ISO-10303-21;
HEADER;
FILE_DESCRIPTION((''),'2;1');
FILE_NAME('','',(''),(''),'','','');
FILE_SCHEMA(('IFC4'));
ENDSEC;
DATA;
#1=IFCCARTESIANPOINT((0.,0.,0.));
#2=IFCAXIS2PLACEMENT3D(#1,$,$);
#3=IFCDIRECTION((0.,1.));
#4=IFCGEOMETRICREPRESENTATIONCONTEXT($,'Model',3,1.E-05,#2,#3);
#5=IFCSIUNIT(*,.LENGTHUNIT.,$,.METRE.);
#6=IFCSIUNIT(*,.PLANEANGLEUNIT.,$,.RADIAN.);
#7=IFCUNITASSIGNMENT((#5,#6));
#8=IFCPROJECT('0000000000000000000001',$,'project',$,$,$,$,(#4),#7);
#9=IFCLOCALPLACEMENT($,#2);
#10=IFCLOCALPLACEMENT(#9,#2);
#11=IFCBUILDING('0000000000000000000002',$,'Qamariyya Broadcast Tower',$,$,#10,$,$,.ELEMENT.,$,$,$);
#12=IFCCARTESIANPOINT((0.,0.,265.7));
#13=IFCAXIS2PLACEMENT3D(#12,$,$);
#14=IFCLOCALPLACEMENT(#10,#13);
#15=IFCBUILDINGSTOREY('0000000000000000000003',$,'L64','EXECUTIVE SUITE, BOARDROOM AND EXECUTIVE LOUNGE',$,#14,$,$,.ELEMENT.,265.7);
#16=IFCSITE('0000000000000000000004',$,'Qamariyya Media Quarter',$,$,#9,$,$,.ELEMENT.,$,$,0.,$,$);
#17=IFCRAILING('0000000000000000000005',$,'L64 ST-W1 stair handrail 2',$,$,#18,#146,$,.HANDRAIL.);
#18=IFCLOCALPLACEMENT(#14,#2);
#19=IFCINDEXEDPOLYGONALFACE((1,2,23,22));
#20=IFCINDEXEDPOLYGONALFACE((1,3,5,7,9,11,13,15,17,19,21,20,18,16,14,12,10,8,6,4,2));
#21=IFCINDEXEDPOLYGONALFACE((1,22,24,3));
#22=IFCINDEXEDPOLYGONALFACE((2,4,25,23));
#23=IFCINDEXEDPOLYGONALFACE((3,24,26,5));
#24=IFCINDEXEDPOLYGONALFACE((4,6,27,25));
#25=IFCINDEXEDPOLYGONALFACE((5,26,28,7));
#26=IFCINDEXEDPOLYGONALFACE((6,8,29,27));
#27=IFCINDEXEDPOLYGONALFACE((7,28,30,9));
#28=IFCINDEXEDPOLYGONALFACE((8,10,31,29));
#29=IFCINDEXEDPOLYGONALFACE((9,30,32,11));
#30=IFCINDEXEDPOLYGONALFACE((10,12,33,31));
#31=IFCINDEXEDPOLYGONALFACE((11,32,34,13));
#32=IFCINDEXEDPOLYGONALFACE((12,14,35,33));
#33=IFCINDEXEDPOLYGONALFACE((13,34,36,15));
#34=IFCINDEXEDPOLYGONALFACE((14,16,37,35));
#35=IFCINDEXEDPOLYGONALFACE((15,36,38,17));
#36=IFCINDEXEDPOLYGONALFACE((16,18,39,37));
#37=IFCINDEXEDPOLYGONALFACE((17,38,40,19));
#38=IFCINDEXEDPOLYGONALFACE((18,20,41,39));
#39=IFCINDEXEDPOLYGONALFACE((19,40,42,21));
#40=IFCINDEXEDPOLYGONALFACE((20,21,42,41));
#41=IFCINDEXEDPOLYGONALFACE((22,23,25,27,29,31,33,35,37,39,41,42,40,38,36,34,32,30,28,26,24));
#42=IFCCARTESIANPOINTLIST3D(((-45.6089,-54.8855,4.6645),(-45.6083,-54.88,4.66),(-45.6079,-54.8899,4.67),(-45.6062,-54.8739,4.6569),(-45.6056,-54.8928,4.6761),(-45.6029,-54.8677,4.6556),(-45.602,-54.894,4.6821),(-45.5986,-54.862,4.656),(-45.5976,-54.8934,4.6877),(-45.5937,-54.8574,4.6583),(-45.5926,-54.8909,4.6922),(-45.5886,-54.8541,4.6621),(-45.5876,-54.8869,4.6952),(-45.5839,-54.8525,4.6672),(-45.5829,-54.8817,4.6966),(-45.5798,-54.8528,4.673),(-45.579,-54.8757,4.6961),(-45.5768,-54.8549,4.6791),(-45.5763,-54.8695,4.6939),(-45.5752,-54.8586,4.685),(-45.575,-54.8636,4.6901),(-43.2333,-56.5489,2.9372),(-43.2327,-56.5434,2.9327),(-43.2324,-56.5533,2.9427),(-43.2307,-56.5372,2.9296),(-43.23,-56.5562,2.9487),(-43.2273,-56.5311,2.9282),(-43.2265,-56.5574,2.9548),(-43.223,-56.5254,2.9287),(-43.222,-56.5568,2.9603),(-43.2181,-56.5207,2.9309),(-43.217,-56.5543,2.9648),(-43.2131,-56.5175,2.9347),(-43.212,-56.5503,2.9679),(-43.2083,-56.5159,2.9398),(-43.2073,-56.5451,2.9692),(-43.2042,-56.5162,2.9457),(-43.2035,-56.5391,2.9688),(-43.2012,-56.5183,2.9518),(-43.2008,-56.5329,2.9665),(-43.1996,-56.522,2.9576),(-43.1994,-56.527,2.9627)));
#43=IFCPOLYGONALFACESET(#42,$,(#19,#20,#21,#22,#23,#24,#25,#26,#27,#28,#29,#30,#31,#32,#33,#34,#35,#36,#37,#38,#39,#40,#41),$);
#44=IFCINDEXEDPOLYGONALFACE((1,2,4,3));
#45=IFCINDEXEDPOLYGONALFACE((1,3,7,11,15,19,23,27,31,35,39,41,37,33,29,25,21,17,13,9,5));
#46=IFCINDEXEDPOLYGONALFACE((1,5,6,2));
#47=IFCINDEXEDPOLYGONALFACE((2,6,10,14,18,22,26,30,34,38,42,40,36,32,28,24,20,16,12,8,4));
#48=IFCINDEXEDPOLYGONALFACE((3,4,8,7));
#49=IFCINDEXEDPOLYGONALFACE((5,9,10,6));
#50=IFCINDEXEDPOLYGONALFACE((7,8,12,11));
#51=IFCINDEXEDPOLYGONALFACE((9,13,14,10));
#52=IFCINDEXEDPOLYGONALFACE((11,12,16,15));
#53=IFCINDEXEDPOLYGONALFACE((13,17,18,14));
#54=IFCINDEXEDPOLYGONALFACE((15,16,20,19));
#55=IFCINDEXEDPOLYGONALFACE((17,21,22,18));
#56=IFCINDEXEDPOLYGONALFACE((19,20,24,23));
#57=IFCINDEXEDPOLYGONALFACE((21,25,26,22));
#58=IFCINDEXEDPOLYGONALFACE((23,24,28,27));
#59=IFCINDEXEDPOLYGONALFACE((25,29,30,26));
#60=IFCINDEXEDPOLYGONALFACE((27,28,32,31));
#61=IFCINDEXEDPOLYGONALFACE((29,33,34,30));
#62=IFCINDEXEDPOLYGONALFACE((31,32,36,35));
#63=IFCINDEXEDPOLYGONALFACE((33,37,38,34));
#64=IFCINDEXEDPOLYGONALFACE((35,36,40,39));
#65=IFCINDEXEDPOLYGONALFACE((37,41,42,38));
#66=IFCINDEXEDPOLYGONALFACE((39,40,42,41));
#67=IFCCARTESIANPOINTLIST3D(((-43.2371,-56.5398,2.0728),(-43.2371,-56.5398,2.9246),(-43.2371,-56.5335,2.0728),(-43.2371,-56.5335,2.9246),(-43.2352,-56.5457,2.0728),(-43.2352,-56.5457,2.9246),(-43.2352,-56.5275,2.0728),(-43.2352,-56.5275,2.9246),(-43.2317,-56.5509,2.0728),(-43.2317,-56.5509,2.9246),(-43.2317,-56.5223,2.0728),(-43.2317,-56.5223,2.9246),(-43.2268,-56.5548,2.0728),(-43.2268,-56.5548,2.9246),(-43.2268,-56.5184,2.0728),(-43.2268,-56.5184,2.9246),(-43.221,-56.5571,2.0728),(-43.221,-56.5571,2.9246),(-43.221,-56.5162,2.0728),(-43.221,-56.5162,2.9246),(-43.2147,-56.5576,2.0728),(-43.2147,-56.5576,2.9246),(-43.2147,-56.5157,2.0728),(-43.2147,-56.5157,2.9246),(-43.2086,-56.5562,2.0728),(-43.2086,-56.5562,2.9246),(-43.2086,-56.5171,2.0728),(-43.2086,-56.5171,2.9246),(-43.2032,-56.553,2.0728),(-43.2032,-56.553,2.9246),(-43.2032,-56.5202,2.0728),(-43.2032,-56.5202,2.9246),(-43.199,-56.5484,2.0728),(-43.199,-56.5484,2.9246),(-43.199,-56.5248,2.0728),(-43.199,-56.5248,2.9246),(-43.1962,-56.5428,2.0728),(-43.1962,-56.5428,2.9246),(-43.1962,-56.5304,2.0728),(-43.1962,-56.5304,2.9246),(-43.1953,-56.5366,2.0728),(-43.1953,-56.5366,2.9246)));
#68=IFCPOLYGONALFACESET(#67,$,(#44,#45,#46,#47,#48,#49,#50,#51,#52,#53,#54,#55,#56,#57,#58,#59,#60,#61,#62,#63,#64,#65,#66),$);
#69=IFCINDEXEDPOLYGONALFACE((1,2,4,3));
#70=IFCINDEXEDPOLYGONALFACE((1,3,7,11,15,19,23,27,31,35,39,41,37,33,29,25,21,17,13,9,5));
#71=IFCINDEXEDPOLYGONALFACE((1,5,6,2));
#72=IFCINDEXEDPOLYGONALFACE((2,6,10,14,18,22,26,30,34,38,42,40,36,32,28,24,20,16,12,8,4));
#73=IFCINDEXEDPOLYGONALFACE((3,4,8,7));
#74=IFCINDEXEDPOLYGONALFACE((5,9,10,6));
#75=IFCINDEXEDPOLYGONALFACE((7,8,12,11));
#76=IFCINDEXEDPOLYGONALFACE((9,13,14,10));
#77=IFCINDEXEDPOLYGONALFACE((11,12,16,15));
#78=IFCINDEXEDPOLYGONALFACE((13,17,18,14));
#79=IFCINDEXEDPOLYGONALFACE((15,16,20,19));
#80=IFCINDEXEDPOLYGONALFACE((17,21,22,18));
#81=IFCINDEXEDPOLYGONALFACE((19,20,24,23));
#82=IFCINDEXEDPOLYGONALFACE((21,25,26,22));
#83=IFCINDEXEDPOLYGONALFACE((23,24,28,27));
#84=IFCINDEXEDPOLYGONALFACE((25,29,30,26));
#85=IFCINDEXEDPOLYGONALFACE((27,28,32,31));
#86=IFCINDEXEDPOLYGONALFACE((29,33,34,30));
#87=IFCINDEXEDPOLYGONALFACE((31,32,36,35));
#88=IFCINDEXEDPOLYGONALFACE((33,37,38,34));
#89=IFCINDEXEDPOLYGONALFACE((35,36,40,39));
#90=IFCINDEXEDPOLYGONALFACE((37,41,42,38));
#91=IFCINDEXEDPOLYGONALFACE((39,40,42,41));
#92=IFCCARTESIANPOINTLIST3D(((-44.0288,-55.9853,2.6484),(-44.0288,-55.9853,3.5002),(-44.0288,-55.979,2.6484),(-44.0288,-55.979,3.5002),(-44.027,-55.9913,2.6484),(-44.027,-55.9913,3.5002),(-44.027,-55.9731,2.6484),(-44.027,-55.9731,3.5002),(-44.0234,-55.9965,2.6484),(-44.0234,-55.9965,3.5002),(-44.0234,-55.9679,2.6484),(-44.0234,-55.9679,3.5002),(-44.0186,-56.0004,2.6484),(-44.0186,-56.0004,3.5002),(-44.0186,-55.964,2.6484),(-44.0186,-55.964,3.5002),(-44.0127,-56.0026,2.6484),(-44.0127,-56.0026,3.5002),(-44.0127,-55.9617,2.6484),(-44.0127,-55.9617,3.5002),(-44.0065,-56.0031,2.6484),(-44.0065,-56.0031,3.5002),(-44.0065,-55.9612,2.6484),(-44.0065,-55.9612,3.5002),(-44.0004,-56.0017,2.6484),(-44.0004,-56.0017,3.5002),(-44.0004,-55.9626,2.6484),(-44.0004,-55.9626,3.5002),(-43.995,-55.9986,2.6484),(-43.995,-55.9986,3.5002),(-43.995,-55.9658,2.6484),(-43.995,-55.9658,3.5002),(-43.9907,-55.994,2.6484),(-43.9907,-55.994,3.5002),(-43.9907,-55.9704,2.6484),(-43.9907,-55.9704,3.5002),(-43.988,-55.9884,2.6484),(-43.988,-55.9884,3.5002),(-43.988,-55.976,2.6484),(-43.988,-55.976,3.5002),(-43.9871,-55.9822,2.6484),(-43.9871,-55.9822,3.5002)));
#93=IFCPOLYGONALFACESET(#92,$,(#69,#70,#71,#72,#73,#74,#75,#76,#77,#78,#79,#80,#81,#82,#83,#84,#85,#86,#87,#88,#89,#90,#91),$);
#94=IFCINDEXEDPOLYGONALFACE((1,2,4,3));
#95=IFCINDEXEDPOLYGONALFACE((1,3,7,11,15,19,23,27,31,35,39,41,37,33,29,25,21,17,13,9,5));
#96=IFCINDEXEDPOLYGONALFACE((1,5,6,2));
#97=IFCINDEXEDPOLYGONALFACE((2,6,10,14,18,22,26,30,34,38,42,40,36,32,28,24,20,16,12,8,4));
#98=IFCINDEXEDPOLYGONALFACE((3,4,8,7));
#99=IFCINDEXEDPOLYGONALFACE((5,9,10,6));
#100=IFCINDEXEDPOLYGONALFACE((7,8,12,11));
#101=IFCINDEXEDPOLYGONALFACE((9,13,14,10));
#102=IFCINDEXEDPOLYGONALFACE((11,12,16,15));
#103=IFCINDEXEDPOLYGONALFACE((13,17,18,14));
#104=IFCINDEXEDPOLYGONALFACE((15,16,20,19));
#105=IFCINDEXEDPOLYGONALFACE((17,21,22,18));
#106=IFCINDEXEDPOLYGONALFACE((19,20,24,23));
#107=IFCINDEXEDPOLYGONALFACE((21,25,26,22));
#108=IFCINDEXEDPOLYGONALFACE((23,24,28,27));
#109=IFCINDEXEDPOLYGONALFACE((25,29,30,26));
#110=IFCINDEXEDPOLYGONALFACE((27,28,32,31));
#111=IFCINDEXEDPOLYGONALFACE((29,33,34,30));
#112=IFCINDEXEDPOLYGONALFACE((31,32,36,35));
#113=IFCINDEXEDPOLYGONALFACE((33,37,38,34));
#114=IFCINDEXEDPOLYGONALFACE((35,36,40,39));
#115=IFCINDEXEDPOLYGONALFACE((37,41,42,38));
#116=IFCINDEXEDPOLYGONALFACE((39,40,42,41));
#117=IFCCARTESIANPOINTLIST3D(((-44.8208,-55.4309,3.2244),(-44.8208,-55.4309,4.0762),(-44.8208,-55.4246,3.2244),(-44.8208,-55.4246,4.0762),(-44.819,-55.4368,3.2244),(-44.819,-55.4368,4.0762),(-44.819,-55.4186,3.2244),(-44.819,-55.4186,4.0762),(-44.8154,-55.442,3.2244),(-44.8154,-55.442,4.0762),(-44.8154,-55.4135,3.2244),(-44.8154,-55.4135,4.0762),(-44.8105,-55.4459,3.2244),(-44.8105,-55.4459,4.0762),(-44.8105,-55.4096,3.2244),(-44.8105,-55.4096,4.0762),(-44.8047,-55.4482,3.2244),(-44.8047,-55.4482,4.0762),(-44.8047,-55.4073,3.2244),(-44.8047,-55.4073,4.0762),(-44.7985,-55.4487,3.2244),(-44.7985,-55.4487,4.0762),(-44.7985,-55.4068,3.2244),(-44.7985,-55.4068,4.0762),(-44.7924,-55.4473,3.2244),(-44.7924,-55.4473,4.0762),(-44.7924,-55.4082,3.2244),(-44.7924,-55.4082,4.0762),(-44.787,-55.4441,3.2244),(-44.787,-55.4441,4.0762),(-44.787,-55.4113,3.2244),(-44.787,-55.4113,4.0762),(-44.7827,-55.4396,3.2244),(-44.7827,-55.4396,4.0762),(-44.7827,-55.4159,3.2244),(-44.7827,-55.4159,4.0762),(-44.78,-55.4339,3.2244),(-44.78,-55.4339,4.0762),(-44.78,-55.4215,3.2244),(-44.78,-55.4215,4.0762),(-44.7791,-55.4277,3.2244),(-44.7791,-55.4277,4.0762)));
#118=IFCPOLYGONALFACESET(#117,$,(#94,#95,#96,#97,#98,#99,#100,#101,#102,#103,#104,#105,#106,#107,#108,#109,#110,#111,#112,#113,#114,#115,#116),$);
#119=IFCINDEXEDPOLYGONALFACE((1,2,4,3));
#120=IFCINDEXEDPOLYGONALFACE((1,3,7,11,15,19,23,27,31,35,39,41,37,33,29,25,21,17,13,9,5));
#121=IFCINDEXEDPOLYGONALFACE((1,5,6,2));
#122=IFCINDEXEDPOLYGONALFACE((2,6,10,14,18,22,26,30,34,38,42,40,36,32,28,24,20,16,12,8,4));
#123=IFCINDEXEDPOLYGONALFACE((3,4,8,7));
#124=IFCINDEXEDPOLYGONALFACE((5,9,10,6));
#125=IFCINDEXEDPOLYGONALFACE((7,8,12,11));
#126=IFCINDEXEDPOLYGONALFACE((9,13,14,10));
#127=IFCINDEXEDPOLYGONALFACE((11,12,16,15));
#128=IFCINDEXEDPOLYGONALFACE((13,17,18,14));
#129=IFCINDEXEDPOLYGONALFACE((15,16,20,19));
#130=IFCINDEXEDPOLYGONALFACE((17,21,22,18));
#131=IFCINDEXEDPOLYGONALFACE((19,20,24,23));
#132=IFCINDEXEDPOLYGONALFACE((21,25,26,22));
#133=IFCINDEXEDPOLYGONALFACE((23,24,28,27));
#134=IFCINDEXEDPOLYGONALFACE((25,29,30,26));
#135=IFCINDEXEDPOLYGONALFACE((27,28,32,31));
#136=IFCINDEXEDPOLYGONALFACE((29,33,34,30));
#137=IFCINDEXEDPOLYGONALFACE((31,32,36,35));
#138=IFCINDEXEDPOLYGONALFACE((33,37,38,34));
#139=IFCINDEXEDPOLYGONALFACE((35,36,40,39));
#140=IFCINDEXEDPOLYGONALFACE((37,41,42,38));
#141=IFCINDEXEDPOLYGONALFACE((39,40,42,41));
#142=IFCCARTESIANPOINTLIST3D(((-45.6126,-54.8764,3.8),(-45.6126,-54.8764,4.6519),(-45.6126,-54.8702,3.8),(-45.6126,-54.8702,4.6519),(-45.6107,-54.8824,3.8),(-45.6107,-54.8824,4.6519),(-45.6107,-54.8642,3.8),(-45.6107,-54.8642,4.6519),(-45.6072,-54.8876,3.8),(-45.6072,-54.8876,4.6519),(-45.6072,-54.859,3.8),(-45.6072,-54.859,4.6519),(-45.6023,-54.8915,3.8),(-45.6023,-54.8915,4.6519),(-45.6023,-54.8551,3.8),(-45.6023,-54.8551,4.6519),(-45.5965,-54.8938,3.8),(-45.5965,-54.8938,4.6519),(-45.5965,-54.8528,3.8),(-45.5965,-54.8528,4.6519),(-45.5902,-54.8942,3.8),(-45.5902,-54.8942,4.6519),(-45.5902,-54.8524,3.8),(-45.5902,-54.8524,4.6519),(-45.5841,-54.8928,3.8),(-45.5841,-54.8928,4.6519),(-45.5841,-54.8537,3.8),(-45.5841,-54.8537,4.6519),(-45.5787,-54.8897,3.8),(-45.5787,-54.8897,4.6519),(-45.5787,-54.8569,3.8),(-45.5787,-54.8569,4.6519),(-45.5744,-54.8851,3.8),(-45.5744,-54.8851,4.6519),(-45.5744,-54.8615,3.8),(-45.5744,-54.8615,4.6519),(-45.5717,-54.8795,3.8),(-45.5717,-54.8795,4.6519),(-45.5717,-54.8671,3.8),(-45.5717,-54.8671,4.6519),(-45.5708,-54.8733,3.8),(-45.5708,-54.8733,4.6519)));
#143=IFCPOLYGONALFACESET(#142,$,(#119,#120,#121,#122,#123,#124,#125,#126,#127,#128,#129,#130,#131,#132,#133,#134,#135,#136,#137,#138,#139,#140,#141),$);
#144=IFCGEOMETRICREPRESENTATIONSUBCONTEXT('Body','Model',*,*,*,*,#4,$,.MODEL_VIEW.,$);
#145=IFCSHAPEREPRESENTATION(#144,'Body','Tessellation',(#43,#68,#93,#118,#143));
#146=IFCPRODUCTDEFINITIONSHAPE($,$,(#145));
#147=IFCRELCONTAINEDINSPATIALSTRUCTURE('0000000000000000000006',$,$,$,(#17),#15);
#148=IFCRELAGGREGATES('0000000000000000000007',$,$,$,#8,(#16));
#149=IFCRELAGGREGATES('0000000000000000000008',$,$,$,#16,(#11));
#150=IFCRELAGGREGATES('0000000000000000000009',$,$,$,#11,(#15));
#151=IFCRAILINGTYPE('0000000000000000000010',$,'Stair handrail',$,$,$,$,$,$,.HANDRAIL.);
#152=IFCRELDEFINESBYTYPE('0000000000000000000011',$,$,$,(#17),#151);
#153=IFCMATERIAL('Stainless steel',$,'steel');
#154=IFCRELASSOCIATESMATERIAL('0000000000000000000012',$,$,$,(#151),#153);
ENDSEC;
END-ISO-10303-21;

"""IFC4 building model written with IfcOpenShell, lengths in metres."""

from ifc_helpers import new_model, si_unit, direction, frame, origin, origin_2d, place, context, subcontext, project, spatial, circle, extrude, material, type_object, element, save


model = new_model("IFC4")

# Units and contexts
model_context = context("Model", 3, precision=1e-05, world=origin(), true_north=direction((0.0, 1.0)))
body_context = subcontext(model_context, "Body", "Model", "MODEL_VIEW")
ifc_project = project(units=[si_unit("LENGTHUNIT", "METRE"), si_unit("PLANEANGLEUNIT", "RADIAN")], contexts=[model_context])

# Site, building, storey
site_placement = place(None, origin())
site = spatial("IfcSite", under=ifc_project, at=site_placement, Name="Qamariyya Media Quarter", CompositionType="ELEMENT", RefElevation=0.0)
building_placement = place(site_placement, origin())
building = spatial("IfcBuilding", under=site, at=building_placement, Name="Qamariyya Broadcast Tower", CompositionType="ELEMENT")
storey_placement = place(building_placement, frame((0.0, 0.0, 265.7)))
storey = spatial("IfcBuildingStorey", under=building, at=storey_placement, Name="L64", Description="EXECUTIVE SUITE, BOARDROOM AND EXECUTIVE LOUNGE", CompositionType="ELEMENT", Elevation=265.7)

# Railing
ifc_material_1 = material(Name="Stainless steel", Category="steel")
railing_type_1 = type_object("IfcRailingType", Name="Stair handrail", PredefinedType="HANDRAIL", material=ifc_material_1)
railing_1_placement = place(storey_placement, frame((-43.2163, -56.5366, 2.0728)))
element("IfcRailing", 1, at=railing_1_placement, inside=storey, type_object=railing_type_1, Name="L64 ST-W1 stair handrail 2", PredefinedType="HANDRAIL", context=body_context, shape_type="SweptSolid", body=[
    extrude(circle(Radius=0.0239, at=origin_2d()), frame((0.0, 0.0, 0.876), z_axis=(-0.70377, 0.492784, 0.511734), x_axis=(-0.573575, -0.819153, 0.0)), (0.0, 0.0, 1.0), 3.3755),
    extrude(circle(Radius=0.021, at=origin_2d()), origin(), (0.0, 0.0, 1.0), 0.8518),
    extrude(circle(Radius=0.021, at=origin_2d()), frame((-0.7917, 0.5544, 0.5757)), (0.0, 0.0, 1.0), 0.8518),
    extrude(circle(Radius=0.021, at=origin_2d()), frame((-1.5837, 1.1089, 1.1516)), (0.0, 0.0, 1.0), 0.8518),
    extrude(circle(Radius=0.021, at=origin_2d()), frame((-2.3755, 1.6633, 1.7273)), (0.0, 0.0, 1.0), 0.8518),
])

save(model, "model.ifc")
